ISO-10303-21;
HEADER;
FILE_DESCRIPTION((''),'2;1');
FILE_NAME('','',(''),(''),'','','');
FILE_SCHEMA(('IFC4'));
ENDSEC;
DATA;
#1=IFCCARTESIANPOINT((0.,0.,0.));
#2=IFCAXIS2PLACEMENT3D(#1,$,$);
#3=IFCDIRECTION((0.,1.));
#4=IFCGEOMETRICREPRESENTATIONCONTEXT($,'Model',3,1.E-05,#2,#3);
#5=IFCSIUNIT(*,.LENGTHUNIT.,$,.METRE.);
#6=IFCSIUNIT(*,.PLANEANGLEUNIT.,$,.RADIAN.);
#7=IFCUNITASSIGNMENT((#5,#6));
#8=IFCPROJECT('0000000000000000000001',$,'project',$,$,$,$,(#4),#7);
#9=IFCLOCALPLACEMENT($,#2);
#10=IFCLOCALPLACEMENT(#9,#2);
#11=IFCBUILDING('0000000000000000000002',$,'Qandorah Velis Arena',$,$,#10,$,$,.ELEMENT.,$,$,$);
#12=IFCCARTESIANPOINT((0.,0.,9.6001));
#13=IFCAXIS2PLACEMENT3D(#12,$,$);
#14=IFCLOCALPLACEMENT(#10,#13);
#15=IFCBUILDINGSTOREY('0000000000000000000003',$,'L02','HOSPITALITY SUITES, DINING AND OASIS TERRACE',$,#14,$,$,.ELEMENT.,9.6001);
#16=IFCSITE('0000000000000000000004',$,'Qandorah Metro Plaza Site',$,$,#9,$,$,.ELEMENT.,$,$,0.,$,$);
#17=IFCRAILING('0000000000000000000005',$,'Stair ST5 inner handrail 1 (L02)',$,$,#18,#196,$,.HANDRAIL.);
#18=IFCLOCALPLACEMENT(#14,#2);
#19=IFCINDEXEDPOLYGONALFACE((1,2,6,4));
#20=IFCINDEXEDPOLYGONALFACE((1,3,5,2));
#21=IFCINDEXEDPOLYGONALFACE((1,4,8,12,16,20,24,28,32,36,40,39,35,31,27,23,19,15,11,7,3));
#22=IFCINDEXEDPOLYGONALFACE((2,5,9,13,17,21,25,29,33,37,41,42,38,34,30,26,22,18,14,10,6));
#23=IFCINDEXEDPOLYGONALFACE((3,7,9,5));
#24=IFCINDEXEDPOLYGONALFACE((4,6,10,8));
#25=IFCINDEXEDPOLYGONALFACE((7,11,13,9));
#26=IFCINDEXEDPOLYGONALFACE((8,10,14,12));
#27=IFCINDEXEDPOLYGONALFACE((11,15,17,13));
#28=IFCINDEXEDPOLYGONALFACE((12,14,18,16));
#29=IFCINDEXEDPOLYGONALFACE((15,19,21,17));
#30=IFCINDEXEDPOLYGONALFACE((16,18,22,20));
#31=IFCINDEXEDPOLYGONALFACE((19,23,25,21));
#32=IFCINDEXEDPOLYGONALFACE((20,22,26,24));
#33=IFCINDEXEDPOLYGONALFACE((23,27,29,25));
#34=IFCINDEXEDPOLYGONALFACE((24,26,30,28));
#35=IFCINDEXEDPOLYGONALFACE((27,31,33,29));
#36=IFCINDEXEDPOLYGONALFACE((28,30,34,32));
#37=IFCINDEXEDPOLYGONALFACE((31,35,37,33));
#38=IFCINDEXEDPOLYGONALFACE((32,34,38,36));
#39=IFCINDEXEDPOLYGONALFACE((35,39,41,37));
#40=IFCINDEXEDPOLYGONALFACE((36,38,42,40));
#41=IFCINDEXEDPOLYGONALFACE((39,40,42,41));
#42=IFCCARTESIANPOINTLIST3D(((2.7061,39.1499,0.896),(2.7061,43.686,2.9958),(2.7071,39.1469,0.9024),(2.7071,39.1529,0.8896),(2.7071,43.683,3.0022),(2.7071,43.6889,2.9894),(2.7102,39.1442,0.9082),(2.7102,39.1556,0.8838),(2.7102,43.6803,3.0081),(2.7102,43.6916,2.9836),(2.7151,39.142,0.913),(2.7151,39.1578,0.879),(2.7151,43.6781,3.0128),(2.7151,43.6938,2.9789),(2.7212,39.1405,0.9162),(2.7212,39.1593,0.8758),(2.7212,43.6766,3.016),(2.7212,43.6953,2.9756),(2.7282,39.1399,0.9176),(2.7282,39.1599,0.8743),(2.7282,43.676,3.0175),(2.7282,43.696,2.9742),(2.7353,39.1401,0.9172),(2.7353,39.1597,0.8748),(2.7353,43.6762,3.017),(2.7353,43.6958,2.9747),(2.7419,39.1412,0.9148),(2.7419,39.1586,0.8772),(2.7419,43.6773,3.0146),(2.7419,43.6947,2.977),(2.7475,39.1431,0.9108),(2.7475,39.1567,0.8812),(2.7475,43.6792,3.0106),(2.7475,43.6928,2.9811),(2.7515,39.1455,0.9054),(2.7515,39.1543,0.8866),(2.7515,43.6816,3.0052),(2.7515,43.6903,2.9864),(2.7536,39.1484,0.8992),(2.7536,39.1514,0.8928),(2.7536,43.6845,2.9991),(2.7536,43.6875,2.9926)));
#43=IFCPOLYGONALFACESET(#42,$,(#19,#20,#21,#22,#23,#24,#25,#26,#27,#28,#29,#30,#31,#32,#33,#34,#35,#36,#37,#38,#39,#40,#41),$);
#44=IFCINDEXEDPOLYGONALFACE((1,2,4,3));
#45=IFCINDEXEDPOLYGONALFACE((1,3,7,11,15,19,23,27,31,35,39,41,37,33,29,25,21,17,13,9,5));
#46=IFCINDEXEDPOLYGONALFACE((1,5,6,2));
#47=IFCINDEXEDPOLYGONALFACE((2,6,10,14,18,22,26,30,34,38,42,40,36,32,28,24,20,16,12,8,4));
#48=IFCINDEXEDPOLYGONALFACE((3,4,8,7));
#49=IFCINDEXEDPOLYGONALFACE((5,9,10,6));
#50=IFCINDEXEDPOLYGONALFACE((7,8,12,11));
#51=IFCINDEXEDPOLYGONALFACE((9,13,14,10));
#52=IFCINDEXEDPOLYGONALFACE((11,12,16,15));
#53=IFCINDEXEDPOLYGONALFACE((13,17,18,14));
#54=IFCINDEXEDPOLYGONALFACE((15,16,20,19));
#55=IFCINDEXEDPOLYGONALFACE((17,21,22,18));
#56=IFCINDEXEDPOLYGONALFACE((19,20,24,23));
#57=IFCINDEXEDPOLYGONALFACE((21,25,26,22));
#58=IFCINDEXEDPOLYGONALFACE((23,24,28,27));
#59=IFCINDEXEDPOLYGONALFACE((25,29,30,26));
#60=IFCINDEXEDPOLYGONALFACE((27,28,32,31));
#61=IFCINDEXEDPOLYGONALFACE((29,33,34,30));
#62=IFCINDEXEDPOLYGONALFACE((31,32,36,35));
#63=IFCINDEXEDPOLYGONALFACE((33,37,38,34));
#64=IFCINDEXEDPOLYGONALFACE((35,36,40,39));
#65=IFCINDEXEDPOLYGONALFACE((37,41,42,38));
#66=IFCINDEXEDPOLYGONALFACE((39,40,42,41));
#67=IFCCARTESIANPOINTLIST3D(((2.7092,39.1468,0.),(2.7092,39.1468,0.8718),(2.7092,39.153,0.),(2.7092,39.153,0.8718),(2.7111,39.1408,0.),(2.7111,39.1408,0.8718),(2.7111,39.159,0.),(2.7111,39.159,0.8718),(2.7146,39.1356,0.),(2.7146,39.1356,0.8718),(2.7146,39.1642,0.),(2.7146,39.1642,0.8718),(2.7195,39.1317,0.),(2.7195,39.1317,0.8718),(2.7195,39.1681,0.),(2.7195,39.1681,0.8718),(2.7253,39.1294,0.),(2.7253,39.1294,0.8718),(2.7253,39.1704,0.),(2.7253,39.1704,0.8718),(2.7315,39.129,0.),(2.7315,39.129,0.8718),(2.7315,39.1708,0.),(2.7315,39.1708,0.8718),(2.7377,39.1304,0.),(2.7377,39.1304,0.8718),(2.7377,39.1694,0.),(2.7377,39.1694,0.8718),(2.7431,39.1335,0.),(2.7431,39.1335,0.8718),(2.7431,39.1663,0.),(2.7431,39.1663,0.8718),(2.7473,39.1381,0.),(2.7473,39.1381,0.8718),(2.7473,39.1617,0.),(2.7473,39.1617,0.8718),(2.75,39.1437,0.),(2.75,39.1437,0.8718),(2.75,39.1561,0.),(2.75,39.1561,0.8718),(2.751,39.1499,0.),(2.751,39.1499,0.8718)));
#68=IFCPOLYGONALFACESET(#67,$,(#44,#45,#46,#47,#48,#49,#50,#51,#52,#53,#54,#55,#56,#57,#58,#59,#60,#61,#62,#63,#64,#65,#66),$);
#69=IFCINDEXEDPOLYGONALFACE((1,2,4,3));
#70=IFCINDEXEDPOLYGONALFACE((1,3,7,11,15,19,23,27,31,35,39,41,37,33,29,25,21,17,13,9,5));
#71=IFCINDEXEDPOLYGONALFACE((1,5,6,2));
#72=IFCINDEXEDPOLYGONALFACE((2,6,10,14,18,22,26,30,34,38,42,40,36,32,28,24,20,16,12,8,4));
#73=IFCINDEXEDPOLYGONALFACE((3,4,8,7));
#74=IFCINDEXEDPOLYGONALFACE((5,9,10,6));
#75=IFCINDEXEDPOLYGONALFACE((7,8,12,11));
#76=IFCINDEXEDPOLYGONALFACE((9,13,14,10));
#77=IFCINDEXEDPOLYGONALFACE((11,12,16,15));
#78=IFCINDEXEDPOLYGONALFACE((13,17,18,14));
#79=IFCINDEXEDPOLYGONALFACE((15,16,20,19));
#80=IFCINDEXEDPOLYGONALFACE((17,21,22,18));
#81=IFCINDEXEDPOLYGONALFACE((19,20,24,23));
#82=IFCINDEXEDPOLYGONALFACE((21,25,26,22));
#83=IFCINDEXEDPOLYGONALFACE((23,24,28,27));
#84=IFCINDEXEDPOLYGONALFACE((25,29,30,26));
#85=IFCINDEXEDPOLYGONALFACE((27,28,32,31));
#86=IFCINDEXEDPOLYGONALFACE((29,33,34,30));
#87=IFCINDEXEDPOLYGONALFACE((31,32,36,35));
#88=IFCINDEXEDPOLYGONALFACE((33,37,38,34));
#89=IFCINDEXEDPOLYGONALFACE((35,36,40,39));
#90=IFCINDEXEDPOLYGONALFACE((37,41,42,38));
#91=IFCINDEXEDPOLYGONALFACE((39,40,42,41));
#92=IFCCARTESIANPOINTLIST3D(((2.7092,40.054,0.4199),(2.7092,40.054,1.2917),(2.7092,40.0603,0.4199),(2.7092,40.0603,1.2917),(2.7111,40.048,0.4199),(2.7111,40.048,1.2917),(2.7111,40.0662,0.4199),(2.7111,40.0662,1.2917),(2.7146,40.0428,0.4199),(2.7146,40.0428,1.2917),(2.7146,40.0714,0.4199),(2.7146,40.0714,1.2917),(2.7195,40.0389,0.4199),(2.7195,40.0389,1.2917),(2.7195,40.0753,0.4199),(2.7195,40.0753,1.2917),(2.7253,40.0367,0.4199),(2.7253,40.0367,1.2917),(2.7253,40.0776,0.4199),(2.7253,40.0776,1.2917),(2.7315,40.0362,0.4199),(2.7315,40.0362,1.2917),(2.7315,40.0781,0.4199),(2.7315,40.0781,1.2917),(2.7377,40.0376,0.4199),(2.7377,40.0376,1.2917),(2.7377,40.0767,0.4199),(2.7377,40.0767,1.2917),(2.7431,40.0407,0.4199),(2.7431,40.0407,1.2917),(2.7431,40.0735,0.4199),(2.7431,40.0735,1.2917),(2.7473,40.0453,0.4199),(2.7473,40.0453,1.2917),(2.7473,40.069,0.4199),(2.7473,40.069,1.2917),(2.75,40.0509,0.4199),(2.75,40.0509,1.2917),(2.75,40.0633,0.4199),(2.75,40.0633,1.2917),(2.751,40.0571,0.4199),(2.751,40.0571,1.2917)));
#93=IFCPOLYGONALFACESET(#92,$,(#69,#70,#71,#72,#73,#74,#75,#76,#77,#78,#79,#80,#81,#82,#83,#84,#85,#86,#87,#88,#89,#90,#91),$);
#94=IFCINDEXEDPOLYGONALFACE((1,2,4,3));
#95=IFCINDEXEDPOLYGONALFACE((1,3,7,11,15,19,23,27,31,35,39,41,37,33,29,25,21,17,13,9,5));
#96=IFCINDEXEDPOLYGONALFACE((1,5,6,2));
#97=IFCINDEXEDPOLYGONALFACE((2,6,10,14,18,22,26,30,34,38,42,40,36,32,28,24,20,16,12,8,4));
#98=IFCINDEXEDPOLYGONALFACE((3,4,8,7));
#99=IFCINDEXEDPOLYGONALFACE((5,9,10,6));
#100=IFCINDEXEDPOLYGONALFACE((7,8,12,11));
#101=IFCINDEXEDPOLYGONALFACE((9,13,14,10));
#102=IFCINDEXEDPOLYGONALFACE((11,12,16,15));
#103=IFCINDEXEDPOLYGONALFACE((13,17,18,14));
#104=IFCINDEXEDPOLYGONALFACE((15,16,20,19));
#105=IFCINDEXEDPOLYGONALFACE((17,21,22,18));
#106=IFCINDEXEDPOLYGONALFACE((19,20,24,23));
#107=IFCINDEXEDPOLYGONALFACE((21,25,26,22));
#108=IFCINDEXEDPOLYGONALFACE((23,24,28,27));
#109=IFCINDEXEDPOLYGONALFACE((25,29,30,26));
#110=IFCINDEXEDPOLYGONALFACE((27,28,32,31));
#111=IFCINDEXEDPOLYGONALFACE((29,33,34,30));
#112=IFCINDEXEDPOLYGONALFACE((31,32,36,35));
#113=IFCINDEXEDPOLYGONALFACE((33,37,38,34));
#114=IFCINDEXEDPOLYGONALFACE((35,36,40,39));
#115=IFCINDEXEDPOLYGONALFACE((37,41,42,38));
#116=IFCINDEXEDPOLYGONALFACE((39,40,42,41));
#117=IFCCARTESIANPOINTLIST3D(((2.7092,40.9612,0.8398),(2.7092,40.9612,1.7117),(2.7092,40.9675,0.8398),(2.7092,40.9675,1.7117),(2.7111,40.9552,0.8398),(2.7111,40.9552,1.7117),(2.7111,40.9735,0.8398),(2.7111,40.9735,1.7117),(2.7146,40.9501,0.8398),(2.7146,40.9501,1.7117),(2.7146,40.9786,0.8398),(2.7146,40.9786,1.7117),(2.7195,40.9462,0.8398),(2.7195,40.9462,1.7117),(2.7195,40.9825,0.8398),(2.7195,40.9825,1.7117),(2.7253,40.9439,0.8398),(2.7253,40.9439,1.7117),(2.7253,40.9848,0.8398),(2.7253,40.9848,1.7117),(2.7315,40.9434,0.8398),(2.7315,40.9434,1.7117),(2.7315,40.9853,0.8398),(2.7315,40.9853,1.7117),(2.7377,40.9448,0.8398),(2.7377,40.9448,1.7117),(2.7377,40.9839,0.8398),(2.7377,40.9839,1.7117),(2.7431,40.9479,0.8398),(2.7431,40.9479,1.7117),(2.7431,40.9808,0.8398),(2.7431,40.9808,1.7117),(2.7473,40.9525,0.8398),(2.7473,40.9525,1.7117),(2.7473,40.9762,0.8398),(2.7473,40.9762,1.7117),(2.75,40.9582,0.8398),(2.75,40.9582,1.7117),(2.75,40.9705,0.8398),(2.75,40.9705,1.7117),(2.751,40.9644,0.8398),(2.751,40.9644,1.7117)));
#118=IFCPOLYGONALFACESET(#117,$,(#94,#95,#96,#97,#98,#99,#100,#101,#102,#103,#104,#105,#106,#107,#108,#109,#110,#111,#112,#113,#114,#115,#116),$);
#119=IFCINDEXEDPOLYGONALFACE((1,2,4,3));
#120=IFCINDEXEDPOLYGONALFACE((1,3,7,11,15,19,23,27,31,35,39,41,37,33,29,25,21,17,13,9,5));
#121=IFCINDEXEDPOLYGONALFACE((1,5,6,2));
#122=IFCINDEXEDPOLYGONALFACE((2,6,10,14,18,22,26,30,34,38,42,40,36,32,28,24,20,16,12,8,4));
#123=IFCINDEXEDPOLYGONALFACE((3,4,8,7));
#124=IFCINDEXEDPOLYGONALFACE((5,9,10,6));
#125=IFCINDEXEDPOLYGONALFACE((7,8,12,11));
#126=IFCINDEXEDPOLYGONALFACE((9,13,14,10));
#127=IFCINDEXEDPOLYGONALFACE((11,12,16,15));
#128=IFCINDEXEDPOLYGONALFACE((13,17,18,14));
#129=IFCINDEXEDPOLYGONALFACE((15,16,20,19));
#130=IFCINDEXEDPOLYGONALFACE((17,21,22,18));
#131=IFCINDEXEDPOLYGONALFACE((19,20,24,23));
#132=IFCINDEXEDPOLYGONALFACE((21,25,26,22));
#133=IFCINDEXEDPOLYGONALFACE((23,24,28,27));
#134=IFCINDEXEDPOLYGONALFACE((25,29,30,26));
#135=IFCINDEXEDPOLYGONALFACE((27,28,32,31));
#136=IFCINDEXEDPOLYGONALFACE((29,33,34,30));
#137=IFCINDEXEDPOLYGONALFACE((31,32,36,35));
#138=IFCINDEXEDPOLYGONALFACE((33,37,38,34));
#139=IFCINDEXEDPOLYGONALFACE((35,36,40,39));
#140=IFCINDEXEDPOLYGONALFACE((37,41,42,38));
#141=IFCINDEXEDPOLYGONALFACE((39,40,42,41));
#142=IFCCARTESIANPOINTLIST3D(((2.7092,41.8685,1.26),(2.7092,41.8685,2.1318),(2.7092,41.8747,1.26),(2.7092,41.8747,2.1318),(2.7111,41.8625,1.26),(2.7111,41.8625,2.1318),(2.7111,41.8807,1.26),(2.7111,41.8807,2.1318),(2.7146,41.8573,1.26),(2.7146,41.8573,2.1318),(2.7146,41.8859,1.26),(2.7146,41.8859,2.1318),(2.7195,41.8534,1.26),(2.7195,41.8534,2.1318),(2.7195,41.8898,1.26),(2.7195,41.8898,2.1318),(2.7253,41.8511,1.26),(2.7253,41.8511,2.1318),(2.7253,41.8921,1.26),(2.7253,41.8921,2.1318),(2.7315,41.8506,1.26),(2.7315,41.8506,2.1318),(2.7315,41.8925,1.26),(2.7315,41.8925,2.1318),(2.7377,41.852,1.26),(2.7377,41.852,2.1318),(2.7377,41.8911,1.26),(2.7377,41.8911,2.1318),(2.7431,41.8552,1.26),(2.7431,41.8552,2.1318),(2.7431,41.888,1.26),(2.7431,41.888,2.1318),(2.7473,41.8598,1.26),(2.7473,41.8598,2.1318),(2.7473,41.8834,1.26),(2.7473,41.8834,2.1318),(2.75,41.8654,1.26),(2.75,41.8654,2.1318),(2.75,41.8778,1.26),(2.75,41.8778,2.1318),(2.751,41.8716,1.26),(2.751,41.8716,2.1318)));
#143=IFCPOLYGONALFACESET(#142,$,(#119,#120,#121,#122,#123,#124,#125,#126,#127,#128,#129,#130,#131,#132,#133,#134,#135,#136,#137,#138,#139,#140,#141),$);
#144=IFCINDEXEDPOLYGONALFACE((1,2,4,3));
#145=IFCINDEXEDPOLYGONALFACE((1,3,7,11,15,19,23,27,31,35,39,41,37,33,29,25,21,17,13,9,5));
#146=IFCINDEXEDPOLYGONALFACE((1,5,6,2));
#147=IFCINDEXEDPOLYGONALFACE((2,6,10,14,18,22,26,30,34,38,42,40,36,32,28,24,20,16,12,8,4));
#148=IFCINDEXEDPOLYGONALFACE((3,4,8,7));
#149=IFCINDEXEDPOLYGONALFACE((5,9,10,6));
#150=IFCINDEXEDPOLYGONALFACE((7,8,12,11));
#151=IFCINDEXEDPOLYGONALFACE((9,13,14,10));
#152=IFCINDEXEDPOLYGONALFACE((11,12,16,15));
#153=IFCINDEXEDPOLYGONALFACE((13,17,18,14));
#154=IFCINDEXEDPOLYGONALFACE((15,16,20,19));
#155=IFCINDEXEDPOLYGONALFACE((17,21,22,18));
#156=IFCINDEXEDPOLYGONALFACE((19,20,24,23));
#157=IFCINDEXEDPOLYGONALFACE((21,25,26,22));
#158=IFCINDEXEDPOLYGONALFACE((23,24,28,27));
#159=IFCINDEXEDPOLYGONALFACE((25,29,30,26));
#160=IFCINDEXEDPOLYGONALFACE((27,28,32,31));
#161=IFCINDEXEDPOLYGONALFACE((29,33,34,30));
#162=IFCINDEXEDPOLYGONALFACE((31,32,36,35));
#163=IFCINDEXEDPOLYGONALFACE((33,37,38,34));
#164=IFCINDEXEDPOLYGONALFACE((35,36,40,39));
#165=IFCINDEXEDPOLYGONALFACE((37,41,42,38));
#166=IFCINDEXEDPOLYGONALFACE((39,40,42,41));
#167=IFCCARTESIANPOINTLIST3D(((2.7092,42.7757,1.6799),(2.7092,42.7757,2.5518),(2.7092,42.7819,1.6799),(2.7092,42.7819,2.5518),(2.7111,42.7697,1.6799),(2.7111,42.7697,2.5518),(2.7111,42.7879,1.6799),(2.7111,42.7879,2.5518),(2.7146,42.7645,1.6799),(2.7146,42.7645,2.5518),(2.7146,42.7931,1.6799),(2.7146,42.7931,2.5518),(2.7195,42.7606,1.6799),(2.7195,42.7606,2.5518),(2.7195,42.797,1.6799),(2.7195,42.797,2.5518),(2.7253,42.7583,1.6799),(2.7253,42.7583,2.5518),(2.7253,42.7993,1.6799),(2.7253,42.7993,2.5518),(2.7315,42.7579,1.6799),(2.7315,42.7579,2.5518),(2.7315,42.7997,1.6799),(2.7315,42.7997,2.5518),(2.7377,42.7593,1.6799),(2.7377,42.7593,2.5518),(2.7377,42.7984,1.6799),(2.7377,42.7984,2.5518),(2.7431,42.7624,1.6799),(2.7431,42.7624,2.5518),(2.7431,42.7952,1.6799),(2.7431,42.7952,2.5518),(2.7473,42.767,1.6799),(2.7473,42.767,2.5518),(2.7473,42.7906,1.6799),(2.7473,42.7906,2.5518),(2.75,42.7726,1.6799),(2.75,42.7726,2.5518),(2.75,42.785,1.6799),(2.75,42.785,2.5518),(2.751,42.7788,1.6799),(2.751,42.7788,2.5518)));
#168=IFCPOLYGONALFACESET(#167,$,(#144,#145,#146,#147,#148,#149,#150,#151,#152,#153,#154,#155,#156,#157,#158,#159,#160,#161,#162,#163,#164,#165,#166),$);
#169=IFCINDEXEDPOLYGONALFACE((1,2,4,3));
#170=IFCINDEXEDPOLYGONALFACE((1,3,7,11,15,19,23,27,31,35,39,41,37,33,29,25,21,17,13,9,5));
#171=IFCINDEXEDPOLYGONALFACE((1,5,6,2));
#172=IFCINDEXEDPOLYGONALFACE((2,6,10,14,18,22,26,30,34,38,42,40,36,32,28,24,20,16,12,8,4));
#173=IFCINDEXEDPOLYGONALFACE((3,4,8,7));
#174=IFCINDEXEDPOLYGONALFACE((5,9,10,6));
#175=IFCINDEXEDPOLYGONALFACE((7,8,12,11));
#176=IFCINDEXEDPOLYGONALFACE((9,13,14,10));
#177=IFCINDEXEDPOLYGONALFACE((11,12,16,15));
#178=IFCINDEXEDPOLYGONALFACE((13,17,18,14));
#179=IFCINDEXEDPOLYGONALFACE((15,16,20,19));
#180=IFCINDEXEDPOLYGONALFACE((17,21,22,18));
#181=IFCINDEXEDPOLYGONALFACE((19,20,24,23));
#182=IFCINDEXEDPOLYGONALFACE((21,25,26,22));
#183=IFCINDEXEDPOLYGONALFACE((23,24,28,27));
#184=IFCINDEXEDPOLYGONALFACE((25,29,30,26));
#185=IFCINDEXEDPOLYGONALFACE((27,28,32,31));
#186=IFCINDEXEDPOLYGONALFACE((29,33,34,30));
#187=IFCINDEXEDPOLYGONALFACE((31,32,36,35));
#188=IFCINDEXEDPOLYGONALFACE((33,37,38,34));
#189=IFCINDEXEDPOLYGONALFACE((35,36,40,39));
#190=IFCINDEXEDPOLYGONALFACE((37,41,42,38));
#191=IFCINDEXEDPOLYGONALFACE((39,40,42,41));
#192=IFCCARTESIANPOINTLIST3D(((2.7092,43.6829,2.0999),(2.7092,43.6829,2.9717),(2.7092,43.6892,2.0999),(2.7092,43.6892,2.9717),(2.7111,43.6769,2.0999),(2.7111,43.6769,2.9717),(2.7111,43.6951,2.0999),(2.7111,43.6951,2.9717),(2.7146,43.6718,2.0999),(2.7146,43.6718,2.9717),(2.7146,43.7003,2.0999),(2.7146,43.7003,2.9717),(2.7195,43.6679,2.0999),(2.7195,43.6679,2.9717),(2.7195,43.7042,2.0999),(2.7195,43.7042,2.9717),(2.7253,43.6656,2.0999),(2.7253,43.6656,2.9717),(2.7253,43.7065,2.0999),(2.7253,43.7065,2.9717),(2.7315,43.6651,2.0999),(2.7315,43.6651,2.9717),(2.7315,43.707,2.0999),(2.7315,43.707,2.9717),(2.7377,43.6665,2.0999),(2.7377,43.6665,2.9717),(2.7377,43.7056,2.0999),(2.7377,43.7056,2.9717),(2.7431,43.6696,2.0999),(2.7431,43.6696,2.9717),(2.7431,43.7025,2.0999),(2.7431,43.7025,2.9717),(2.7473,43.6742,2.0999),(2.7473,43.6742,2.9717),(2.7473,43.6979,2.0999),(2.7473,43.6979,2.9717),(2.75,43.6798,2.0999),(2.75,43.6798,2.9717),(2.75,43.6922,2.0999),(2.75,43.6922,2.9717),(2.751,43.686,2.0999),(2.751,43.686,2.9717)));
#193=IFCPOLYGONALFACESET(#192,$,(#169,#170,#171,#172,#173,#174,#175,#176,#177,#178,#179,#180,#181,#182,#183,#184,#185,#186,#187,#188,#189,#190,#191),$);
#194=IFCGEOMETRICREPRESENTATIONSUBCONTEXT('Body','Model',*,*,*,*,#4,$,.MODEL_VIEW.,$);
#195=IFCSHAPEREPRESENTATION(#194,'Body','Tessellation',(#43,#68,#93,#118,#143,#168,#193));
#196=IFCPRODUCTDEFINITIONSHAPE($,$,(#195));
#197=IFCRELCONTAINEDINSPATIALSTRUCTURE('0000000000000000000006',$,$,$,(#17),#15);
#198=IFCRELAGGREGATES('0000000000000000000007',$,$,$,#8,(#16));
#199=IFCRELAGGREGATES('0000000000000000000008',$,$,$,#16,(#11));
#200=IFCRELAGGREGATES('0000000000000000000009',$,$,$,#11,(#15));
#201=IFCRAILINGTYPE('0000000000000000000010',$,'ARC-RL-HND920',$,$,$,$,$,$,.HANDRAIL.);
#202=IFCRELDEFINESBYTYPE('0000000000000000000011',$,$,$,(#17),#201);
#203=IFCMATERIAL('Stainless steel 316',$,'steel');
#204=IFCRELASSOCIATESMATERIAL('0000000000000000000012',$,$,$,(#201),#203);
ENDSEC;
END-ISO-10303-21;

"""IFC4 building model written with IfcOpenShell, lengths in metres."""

from ifc_helpers import new_model, si_unit, direction, frame, origin, origin_2d, place, context, subcontext, project, spatial, circle, extrude, material, type_object, element, save


model = new_model("IFC4")

# Units and contexts
model_context = context("Model", 3, precision=1e-05, world=origin(), true_north=direction((0.0, 1.0)))
body_context = subcontext(model_context, "Body", "Model", "MODEL_VIEW")
ifc_project = project(units=[si_unit("LENGTHUNIT", "METRE"), si_unit("PLANEANGLEUNIT", "RADIAN")], contexts=[model_context])

# Site, building, storey
site_placement = place(None, origin())
site = spatial("IfcSite", under=ifc_project, at=site_placement, Name="Qandorah Metro Plaza Site", CompositionType="ELEMENT", RefElevation=0.0)
building_placement = place(site_placement, origin())
building = spatial("IfcBuilding", under=site, at=building_placement, Name="Qandorah Velis Arena", CompositionType="ELEMENT")
storey_placement = place(building_placement, frame((0.0, 0.0, 9.6001)))
storey = spatial("IfcBuildingStorey", under=building, at=storey_placement, Name="L02", Description="HOSPITALITY SUITES, DINING AND OASIS TERRACE", CompositionType="ELEMENT", Elevation=9.6001)

# Railing
ifc_material_1 = material(Name="Stainless steel 316", Category="steel")
railing_type_1 = type_object("IfcRailingType", Name="ARC-RL-HND920", PredefinedType="HANDRAIL", material=ifc_material_1)
railing_1_placement = place(storey_placement, frame((2.73, 39.1499, 0.0)))
element("IfcRailing", 1, at=railing_1_placement, inside=storey, type_object=railing_type_1, Name="Stair ST5 inner handrail 1 (L02)", PredefinedType="HANDRAIL", context=body_context, shape_type="SweptSolid", body=[
    extrude(circle(Radius=0.0239, at=origin_2d()), frame((0.0, 0.0, 0.896), z_axis=(0.0, 0.907483, 0.420089), x_axis=(-1.0, 0.0, 0.0)), (0.0, 0.0, 1.0), 4.9985),
    extrude(circle(Radius=0.021, at=origin_2d()), origin(), (0.0, 0.0, 1.0), 0.8718),
    extrude(circle(Radius=0.021, at=origin_2d()), frame((0.0, 0.9072, 0.4199)), (0.0, 0.0, 1.0), 0.8718),
    extrude(circle(Radius=0.021, at=origin_2d()), frame((0.0, 1.8145, 0.8398)), (0.0, 0.0, 1.0), 0.8718),
    extrude(circle(Radius=0.021, at=origin_2d()), frame((0.0, 2.7217, 1.26)), (0.0, 0.0, 1.0), 0.8718),
    extrude(circle(Radius=0.021, at=origin_2d()), frame((0.0, 3.6289, 1.6799)), (0.0, 0.0, 1.0), 0.8718),
    extrude(circle(Radius=0.021, at=origin_2d()), frame((0.0, 4.5361, 2.0999)), (0.0, 0.0, 1.0), 0.8718),
])

save(model, "model.ifc")
